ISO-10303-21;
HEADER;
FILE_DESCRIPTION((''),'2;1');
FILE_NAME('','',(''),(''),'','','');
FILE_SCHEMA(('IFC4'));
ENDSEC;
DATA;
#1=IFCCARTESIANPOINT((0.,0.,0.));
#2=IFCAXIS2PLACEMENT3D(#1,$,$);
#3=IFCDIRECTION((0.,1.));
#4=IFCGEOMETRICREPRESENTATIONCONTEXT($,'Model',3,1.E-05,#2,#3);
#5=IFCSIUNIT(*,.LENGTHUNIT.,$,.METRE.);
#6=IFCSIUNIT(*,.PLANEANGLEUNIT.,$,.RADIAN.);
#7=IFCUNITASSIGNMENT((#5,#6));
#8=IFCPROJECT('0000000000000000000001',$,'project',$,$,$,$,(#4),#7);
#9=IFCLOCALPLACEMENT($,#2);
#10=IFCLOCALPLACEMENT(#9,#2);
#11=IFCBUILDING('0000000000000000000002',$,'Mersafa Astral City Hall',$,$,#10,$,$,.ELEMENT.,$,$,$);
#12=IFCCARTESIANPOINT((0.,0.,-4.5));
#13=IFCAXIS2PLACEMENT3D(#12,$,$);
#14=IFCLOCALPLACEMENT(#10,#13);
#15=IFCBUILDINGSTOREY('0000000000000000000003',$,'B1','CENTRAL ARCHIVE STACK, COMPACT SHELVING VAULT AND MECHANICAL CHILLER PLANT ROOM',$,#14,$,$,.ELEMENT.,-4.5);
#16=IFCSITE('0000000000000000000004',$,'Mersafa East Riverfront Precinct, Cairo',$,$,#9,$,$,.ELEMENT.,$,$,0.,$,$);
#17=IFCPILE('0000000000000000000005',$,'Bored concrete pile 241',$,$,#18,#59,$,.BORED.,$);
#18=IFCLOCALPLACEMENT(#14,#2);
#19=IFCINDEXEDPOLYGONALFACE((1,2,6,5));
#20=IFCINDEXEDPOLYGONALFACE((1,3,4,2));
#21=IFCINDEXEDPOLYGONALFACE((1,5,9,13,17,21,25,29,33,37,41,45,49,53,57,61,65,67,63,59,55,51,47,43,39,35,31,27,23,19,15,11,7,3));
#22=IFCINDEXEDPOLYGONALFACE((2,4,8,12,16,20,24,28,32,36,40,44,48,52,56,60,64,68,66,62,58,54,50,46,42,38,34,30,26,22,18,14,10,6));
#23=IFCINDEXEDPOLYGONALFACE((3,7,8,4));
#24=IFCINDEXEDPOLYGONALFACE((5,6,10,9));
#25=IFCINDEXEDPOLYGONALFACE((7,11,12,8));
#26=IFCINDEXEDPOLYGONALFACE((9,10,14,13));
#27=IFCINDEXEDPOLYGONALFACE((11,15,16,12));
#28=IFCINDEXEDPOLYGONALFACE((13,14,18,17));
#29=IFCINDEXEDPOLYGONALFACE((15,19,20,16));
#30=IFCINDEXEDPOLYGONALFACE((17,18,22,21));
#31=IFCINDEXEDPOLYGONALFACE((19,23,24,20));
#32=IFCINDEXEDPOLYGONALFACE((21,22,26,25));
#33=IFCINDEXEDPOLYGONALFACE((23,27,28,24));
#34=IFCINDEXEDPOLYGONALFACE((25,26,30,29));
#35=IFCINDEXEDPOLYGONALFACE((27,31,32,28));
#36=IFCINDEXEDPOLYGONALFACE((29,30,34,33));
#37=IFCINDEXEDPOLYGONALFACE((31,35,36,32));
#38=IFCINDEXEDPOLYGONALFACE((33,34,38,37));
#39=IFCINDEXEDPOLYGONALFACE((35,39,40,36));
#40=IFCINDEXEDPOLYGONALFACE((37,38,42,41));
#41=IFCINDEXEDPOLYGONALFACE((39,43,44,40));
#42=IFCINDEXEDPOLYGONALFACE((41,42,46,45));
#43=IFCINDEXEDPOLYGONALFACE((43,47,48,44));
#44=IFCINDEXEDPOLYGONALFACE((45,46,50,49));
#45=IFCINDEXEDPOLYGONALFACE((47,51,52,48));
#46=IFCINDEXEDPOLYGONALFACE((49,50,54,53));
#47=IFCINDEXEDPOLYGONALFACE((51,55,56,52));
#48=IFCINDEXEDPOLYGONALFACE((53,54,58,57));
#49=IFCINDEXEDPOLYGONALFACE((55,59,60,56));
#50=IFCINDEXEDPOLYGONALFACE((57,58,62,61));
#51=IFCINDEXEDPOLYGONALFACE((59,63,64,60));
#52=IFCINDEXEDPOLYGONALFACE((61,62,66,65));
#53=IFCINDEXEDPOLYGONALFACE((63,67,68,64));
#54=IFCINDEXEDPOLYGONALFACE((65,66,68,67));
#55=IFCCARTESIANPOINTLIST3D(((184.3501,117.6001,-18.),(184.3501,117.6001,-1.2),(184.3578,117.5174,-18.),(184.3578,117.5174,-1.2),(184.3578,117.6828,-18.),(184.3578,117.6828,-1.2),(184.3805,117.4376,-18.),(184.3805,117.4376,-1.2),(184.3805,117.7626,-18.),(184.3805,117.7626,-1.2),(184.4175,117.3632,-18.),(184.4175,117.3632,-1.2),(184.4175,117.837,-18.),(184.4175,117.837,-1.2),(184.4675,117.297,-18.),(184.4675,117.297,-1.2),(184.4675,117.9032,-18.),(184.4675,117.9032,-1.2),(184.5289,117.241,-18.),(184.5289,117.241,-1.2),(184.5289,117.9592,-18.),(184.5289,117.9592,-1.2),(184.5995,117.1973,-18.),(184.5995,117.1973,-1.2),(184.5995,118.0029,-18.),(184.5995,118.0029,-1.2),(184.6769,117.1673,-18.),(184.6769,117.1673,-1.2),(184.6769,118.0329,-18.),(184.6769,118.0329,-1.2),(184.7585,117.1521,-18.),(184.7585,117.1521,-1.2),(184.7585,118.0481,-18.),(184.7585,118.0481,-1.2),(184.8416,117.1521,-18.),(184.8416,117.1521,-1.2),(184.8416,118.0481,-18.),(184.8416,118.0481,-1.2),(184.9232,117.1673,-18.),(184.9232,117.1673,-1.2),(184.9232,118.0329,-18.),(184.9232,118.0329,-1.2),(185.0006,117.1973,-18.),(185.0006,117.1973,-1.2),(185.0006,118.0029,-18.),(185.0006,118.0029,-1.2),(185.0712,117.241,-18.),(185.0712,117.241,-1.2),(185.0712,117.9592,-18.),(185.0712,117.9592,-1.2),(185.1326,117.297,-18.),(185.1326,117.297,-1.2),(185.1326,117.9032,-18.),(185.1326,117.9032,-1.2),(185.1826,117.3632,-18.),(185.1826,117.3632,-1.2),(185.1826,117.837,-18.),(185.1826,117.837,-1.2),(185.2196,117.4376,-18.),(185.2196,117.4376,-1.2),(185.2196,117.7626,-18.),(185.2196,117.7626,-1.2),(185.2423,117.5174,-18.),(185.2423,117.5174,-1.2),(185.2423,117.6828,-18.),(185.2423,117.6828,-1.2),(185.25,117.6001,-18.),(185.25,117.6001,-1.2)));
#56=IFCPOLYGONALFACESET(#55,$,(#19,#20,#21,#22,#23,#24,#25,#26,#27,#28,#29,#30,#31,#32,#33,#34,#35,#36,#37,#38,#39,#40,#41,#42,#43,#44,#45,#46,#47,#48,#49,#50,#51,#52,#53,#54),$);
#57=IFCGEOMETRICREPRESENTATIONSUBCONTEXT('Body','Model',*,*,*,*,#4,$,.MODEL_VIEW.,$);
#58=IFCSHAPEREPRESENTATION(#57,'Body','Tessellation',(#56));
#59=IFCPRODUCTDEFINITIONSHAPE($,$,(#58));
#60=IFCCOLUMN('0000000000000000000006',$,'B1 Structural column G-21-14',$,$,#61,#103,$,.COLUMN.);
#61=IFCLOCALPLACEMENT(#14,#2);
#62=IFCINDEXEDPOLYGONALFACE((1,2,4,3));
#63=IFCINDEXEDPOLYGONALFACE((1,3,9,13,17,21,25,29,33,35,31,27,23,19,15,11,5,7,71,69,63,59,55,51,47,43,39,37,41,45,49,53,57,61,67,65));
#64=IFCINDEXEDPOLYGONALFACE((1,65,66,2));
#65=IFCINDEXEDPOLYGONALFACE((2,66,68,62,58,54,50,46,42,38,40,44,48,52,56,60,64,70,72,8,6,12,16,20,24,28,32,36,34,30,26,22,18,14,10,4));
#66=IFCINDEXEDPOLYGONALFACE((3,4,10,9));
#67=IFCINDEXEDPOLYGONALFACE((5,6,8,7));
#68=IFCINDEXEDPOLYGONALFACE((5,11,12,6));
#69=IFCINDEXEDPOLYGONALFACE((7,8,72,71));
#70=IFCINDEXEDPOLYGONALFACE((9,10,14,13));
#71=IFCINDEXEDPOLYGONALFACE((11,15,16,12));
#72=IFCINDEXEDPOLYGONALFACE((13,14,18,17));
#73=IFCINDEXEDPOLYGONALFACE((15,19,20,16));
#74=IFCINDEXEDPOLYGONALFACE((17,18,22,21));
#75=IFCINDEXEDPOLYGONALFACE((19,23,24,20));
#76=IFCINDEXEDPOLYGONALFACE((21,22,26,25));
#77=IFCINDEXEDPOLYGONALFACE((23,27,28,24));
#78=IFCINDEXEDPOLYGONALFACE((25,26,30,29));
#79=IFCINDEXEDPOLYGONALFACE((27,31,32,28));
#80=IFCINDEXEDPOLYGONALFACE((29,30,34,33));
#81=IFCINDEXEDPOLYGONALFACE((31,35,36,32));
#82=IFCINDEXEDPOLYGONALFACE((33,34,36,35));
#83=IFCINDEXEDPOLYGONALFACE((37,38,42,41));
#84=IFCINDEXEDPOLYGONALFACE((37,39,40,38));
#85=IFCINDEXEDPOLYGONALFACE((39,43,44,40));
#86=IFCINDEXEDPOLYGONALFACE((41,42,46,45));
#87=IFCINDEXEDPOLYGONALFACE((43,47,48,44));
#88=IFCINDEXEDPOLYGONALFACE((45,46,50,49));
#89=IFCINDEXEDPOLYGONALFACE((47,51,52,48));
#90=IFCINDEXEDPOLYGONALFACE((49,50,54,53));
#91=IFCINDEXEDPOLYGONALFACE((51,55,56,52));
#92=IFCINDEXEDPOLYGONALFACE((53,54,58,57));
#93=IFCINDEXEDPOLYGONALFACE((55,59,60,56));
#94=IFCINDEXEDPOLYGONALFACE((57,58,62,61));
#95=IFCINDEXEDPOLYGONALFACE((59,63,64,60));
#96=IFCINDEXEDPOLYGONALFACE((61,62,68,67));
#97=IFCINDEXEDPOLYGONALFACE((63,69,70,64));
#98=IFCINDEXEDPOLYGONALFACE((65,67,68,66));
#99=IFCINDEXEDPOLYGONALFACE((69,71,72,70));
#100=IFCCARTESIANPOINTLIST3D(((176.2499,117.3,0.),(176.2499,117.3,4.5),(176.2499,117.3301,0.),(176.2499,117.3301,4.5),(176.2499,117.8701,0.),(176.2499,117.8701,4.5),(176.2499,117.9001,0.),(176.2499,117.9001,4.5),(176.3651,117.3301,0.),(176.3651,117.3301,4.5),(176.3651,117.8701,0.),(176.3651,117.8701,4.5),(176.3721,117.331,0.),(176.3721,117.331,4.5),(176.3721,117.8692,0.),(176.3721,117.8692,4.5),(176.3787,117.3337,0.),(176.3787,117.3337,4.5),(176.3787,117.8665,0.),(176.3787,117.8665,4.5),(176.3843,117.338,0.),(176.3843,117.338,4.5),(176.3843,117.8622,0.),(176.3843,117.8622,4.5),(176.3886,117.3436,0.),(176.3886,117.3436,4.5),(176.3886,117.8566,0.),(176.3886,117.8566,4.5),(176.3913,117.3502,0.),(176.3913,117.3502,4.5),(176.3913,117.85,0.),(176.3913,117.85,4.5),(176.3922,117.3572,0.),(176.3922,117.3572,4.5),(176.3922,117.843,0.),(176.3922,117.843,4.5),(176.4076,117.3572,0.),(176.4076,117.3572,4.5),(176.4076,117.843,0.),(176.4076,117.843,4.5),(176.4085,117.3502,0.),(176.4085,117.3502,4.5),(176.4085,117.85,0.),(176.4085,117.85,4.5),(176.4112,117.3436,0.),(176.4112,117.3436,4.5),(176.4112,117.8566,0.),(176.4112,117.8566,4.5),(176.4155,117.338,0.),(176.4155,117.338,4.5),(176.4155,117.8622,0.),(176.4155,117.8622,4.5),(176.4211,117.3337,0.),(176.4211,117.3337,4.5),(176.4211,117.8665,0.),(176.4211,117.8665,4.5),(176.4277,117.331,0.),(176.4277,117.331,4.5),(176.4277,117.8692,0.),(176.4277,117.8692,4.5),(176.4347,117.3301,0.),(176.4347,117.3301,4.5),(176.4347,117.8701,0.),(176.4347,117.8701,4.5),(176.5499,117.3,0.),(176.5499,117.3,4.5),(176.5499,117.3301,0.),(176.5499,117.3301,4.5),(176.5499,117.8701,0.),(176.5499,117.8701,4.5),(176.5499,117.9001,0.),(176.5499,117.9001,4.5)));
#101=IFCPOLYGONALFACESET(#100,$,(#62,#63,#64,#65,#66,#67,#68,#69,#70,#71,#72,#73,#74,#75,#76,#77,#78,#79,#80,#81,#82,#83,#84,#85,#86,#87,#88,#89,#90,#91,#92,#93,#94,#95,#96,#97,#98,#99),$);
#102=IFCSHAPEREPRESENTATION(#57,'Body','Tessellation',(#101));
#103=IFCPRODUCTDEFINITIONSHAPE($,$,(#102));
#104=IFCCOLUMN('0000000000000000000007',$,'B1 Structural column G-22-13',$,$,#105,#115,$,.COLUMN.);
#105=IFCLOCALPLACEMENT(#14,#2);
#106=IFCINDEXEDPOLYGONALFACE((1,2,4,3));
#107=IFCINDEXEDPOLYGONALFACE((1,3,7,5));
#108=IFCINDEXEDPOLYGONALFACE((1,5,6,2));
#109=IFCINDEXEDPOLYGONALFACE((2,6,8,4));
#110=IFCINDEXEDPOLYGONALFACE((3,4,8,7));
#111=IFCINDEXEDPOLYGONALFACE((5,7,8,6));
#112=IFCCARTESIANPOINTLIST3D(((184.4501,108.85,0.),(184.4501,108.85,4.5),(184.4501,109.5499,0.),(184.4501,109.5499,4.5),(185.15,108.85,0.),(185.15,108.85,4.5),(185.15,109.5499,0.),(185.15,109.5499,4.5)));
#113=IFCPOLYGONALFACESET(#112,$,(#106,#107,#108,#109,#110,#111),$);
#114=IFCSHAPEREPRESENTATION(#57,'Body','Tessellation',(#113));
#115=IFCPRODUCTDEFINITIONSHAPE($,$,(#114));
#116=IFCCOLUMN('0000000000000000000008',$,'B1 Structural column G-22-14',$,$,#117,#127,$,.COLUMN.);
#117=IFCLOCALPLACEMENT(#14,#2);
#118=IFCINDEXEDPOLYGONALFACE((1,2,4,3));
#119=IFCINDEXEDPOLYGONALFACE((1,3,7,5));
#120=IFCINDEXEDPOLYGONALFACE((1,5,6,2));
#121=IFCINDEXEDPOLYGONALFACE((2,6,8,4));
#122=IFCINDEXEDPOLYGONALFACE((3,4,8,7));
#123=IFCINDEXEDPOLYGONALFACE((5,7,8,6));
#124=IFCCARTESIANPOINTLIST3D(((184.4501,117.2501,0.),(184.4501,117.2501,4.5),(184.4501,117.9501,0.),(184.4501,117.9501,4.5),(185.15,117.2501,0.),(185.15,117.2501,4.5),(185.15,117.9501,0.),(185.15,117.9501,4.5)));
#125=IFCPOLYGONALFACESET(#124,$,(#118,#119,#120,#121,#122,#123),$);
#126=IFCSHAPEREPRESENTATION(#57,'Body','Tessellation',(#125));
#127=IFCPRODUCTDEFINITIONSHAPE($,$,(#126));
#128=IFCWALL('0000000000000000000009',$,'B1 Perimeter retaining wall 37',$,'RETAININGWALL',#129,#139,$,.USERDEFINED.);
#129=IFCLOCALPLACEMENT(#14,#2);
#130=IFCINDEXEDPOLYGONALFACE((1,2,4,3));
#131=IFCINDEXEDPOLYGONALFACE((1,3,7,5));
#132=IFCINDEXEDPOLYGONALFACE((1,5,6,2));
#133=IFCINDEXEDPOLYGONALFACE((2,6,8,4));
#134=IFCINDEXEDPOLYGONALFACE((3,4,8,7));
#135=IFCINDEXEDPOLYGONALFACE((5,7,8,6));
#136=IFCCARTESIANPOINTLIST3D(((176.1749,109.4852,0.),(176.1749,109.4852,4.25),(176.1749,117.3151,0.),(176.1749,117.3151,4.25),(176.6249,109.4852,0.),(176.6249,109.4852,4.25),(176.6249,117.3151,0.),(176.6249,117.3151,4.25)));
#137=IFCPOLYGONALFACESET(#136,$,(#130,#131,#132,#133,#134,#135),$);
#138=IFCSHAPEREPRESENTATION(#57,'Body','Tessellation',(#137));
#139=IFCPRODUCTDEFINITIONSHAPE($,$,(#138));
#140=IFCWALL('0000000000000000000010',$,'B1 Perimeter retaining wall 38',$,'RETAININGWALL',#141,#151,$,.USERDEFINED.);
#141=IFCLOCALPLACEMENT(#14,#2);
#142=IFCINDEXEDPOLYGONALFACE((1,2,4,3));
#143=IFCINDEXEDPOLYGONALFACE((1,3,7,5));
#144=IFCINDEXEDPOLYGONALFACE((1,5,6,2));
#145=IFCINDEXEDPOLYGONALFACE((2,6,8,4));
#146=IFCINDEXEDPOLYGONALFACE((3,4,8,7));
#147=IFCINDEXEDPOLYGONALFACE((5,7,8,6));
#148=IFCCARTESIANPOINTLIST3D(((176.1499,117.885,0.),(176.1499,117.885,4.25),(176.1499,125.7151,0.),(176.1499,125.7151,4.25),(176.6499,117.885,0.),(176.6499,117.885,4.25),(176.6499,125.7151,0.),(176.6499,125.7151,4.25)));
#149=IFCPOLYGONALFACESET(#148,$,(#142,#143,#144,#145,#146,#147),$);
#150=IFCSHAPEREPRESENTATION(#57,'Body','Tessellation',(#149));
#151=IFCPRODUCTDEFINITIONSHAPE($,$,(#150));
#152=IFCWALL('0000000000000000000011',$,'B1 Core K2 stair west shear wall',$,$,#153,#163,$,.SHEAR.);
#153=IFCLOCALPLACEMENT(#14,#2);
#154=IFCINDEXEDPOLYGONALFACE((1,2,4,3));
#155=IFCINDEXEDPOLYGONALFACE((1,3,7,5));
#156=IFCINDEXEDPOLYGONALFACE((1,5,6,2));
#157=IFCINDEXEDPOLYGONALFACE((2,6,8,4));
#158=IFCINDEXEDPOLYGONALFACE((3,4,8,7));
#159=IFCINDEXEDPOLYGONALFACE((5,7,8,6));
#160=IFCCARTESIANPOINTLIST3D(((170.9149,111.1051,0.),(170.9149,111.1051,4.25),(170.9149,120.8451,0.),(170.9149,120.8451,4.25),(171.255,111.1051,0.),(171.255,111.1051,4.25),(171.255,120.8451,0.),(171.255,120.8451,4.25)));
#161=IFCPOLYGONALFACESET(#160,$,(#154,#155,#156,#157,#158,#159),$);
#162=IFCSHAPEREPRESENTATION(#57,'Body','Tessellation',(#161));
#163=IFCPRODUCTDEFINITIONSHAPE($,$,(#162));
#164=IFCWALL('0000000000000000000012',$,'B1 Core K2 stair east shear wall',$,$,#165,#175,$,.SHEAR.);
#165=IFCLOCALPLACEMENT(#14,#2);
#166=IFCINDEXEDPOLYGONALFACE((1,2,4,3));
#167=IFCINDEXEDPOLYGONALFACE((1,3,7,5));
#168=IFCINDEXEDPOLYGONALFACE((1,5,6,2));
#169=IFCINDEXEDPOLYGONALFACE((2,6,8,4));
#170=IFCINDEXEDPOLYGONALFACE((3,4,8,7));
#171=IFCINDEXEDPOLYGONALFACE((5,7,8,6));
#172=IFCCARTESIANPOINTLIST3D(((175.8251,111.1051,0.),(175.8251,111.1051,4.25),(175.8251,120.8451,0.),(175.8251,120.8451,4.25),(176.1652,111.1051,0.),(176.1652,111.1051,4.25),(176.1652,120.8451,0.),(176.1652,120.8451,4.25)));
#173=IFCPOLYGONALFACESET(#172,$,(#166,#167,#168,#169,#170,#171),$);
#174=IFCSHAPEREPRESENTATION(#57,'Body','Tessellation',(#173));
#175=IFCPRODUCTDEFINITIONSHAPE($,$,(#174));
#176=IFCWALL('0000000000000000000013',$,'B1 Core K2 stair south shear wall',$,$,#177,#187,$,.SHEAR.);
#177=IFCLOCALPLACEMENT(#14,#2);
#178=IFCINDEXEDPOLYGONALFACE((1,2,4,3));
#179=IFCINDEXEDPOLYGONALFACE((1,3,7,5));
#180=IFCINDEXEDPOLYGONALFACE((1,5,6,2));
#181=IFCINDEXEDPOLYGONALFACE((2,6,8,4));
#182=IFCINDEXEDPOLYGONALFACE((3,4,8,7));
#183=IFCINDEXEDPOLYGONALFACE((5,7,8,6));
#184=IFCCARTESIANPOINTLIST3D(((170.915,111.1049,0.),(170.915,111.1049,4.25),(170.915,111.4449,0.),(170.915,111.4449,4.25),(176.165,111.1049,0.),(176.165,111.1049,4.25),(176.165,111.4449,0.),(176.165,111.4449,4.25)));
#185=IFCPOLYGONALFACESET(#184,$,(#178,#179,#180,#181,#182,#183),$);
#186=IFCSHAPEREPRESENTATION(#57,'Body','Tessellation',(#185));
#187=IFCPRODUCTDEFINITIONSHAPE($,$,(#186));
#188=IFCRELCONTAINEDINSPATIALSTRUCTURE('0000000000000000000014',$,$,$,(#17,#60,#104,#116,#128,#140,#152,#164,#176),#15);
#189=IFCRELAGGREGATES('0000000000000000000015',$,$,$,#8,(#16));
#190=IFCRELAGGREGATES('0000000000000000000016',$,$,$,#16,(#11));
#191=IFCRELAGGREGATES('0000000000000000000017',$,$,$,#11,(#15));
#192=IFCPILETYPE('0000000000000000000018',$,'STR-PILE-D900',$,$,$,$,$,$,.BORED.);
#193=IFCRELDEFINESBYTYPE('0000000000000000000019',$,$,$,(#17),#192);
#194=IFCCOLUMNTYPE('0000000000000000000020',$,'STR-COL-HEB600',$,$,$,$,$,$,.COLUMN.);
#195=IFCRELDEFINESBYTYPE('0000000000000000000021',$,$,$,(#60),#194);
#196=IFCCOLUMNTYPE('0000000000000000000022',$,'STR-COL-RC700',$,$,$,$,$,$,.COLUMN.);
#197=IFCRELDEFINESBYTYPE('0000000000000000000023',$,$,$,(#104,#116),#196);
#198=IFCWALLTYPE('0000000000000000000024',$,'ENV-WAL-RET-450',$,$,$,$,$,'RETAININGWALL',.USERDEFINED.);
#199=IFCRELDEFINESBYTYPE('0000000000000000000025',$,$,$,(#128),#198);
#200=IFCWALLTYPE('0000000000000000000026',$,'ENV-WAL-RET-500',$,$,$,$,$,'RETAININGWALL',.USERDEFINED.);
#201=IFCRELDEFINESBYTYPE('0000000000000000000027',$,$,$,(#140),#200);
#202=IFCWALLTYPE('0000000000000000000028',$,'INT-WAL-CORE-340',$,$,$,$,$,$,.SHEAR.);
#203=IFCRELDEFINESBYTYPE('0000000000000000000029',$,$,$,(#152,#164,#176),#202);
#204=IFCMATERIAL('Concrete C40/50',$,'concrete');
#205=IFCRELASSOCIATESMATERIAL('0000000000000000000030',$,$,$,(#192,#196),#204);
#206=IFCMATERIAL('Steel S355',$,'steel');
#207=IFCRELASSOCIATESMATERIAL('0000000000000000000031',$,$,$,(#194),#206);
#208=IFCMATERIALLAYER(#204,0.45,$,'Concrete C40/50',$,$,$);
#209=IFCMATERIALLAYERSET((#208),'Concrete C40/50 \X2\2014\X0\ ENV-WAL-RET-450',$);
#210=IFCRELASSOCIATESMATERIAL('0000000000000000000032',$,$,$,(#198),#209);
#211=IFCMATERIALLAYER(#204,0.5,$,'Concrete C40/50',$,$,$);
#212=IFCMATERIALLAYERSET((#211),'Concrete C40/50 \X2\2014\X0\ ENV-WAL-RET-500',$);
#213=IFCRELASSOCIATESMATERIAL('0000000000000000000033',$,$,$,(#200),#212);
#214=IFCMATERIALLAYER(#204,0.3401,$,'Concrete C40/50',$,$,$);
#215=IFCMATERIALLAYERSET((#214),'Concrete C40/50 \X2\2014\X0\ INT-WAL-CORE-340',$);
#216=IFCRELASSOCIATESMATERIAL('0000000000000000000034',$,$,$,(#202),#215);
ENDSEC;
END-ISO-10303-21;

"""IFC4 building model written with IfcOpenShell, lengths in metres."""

from ifc_helpers import new_model, si_unit, direction, frame, frame_2d, origin, origin_2d, place, context, subcontext, project, spatial, rectangle, circle, i_section, extrude, material, layer, layer_set, material_profile, profile_set, type_object, element, save


model = new_model("IFC4")

# Units and contexts
model_context = context("Model", 3, precision=1e-05, world=origin(), true_north=direction((0.0, 1.0)))
body_context = subcontext(model_context, "Body", "Model", "MODEL_VIEW")
ifc_project = project(units=[si_unit("LENGTHUNIT", "METRE"), si_unit("PLANEANGLEUNIT", "RADIAN")], contexts=[model_context])

# Site, building, storey
site_placement = place(None, origin())
site = spatial("IfcSite", under=ifc_project, at=site_placement, Name="Mersafa East Riverfront Precinct, Cairo", CompositionType="ELEMENT", RefElevation=0.0)
building_placement = place(site_placement, origin())
building = spatial("IfcBuilding", under=site, at=building_placement, Name="Mersafa Astral City Hall", CompositionType="ELEMENT")
storey_placement = place(building_placement, frame((0.0, 0.0, -4.5)))
storey = spatial("IfcBuildingStorey", under=building, at=storey_placement, Name="B1", Description="CENTRAL ARCHIVE STACK, COMPACT SHELVING VAULT AND MECHANICAL CHILLER PLANT ROOM", CompositionType="ELEMENT", Elevation=-4.5)

# Shared definitions
ifc_material_1 = material(Name="Concrete C40/50", Category="concrete")

# Pile
ifc_material_profile_1 = material_profile(ifc_material_1, circle(Radius=0.45, at=origin_2d()), Name="PILE D900")
ifc_profile_set_1 = profile_set([ifc_material_profile_1], Name="Concrete C40/50")
pile_type = type_object("IfcPileType", Name="STR-PILE-D900", PredefinedType="BORED", material=ifc_profile_set_1)
for number, where, z_axis, x_axis, name in (
    (1, (184.8, 117.6001, -1.2), (0.0, 0.0, -1.0), (1.0, 0.0, 0.0), "Bored concrete pile 241"),
):
    element("IfcPile", number, at=place(storey_placement, frame(where, z_axis=z_axis, x_axis=x_axis)), inside=storey, type_object=pile_type, Name=name, PredefinedType="BORED", context=body_context, shape_type="SweptSolid", body=[
        extrude(circle(Radius=0.45, at=origin_2d()), origin(), (0.0, 0.0, 1.0), 16.8),
    ])

# Columns
ifc_material_2 = material(Name="Steel S355", Category="steel")
ifc_material_profile_2 = material_profile(ifc_material_2, i_section(OverallWidth=0.3, OverallDepth=0.6001, WebThickness=0.0154, FlangeThickness=0.03, FilletRadius=0.0271, at=origin_2d()), Name="HEB 600")
ifc_profile_set_2 = profile_set([ifc_material_profile_2], Name="Steel S355")
column_type_1 = type_object("IfcColumnType", Name="STR-COL-HEB600", PredefinedType="COLUMN", material=ifc_profile_set_2)
column_placement = place(storey_placement, frame((176.3999, 117.6001, 0.0), z_axis=(0.0, 0.0, 1.0), x_axis=(1.0, 0.0, 0.0)))
element("IfcColumn", 2, at=column_placement, inside=storey, type_object=column_type_1, Name="B1 Structural column G-21-14", PredefinedType="COLUMN", context=body_context, shape_type="SweptSolid", body=[
    extrude(i_section(OverallWidth=0.3, OverallDepth=0.6001, WebThickness=0.0154, FlangeThickness=0.03, FilletRadius=0.0271, at=origin_2d()), origin(), (0.0, 0.0, 1.0), 4.5),
])
ifc_material_profile_3 = material_profile(ifc_material_1, rectangle(XDim=0.7, YDim=0.7, at=origin_2d()), Name="RC 700x700")
ifc_profile_set_3 = profile_set([ifc_material_profile_3], Name="Concrete C40/50")
column_type_2 = type_object("IfcColumnType", Name="STR-COL-RC700", PredefinedType="COLUMN", material=ifc_profile_set_3)
for number, where, z_axis, x_axis, name in (
    (3, (184.8, 109.2, 0.0), (0.0, 0.0, 1.0), (1.0, 0.0, 0.0), "B1 Structural column G-22-13"),
    (4, (184.8, 117.6001, 0.0), (0.0, 0.0, 1.0), (1.0, 0.0, 0.0), "B1 Structural column G-22-14"),
):
    element("IfcColumn", number, at=place(storey_placement, frame(where, z_axis=z_axis, x_axis=x_axis)), inside=storey, type_object=column_type_2, Name=name, PredefinedType="COLUMN", context=body_context, shape_type="SweptSolid", body=[
        extrude(rectangle(XDim=0.7, YDim=0.7, at=origin_2d()), origin(), (0.0, 0.0, 1.0), 4.5),
    ])

# Walls
ifc_layer_1 = layer(ifc_material_1, 0.45, Name="Concrete C40/50")
ifc_layer_set_1 = layer_set([ifc_layer_1], Name="Concrete C40/50 — ENV-WAL-RET-450")
wall_type_1 = type_object("IfcWallType", Name="ENV-WAL-RET-450", ElementType="RETAININGWALL", PredefinedType="USERDEFINED", material=ifc_layer_set_1)
wall_1_placement = place(storey_placement, frame((176.3999, 109.4851, 0.0), z_axis=(0.0, 0.0, 1.0), x_axis=(0.0, 1.0, 0.0)))
element("IfcWall", 5, at=wall_1_placement, inside=storey, type_object=wall_type_1, Name="B1 Perimeter retaining wall 37", ObjectType="RETAININGWALL", PredefinedType="USERDEFINED", context=body_context, shape_type="SweptSolid", body=[
    extrude(rectangle(XDim=7.8298, YDim=0.45, at=frame_2d((3.915, 0.0))), origin(), (0.0, 0.0, 1.0), 4.25),
])
ifc_layer_2 = layer(ifc_material_1, 0.5, Name="Concrete C40/50")
ifc_layer_set_2 = layer_set([ifc_layer_2], Name="Concrete C40/50 — ENV-WAL-RET-500")
wall_type_2 = type_object("IfcWallType", Name="ENV-WAL-RET-500", ElementType="RETAININGWALL", PredefinedType="USERDEFINED", material=ifc_layer_set_2)
wall_2_placement = place(storey_placement, frame((176.3999, 117.885, 0.0), z_axis=(0.0, 0.0, 1.0), x_axis=(0.0, 1.0, 0.0)))
element("IfcWall", 6, at=wall_2_placement, inside=storey, type_object=wall_type_2, Name="B1 Perimeter retaining wall 38", ObjectType="RETAININGWALL", PredefinedType="USERDEFINED", context=body_context, shape_type="SweptSolid", body=[
    extrude(rectangle(XDim=7.8301, YDim=0.5, at=frame_2d((3.915, 0.0))), origin(), (0.0, 0.0, 1.0), 4.25),
])
ifc_layer_3 = layer(ifc_material_1, 0.3401, Name="Concrete C40/50")
ifc_layer_set_3 = layer_set([ifc_layer_3], Name="Concrete C40/50 — INT-WAL-CORE-340")
wall_type_3 = type_object("IfcWallType", Name="INT-WAL-CORE-340", PredefinedType="SHEAR", material=ifc_layer_set_3)
for number, where, z_axis, x_axis, name in (
    (7, (171.085, 111.105, 0.0), (0.0, 0.0, 1.0), (0.0, 1.0, 0.0), "B1 Core K2 stair west shear wall"),
    (8, (175.9951, 111.105, 0.0), (0.0, 0.0, 1.0), (0.0, 1.0, 0.0), "B1 Core K2 stair east shear wall"),
):
    element("IfcWall", number, at=place(storey_placement, frame(where, z_axis=z_axis, x_axis=x_axis)), inside=storey, type_object=wall_type_3, Name=name, PredefinedType="SHEAR", context=body_context, shape_type="SweptSolid", body=[
        extrude(rectangle(XDim=9.74, YDim=0.3401, at=frame_2d((4.8701, 0.0))), origin(), (0.0, 0.0, 1.0), 4.25),
    ])
wall_3_placement = place(storey_placement, frame((170.915, 111.2749, 0.0), z_axis=(0.0, 0.0, 1.0), x_axis=(1.0, 0.0, 0.0)))
element("IfcWall", 9, at=wall_3_placement, inside=storey, type_object=wall_type_3, Name="B1 Core K2 stair south shear wall", PredefinedType="SHEAR", context=body_context, shape_type="SweptSolid", body=[
    extrude(rectangle(XDim=5.25, YDim=0.3401, at=frame_2d((2.625, 0.0))), origin(), (0.0, 0.0, 1.0), 4.25),
])

save(model, "model.ifc")
